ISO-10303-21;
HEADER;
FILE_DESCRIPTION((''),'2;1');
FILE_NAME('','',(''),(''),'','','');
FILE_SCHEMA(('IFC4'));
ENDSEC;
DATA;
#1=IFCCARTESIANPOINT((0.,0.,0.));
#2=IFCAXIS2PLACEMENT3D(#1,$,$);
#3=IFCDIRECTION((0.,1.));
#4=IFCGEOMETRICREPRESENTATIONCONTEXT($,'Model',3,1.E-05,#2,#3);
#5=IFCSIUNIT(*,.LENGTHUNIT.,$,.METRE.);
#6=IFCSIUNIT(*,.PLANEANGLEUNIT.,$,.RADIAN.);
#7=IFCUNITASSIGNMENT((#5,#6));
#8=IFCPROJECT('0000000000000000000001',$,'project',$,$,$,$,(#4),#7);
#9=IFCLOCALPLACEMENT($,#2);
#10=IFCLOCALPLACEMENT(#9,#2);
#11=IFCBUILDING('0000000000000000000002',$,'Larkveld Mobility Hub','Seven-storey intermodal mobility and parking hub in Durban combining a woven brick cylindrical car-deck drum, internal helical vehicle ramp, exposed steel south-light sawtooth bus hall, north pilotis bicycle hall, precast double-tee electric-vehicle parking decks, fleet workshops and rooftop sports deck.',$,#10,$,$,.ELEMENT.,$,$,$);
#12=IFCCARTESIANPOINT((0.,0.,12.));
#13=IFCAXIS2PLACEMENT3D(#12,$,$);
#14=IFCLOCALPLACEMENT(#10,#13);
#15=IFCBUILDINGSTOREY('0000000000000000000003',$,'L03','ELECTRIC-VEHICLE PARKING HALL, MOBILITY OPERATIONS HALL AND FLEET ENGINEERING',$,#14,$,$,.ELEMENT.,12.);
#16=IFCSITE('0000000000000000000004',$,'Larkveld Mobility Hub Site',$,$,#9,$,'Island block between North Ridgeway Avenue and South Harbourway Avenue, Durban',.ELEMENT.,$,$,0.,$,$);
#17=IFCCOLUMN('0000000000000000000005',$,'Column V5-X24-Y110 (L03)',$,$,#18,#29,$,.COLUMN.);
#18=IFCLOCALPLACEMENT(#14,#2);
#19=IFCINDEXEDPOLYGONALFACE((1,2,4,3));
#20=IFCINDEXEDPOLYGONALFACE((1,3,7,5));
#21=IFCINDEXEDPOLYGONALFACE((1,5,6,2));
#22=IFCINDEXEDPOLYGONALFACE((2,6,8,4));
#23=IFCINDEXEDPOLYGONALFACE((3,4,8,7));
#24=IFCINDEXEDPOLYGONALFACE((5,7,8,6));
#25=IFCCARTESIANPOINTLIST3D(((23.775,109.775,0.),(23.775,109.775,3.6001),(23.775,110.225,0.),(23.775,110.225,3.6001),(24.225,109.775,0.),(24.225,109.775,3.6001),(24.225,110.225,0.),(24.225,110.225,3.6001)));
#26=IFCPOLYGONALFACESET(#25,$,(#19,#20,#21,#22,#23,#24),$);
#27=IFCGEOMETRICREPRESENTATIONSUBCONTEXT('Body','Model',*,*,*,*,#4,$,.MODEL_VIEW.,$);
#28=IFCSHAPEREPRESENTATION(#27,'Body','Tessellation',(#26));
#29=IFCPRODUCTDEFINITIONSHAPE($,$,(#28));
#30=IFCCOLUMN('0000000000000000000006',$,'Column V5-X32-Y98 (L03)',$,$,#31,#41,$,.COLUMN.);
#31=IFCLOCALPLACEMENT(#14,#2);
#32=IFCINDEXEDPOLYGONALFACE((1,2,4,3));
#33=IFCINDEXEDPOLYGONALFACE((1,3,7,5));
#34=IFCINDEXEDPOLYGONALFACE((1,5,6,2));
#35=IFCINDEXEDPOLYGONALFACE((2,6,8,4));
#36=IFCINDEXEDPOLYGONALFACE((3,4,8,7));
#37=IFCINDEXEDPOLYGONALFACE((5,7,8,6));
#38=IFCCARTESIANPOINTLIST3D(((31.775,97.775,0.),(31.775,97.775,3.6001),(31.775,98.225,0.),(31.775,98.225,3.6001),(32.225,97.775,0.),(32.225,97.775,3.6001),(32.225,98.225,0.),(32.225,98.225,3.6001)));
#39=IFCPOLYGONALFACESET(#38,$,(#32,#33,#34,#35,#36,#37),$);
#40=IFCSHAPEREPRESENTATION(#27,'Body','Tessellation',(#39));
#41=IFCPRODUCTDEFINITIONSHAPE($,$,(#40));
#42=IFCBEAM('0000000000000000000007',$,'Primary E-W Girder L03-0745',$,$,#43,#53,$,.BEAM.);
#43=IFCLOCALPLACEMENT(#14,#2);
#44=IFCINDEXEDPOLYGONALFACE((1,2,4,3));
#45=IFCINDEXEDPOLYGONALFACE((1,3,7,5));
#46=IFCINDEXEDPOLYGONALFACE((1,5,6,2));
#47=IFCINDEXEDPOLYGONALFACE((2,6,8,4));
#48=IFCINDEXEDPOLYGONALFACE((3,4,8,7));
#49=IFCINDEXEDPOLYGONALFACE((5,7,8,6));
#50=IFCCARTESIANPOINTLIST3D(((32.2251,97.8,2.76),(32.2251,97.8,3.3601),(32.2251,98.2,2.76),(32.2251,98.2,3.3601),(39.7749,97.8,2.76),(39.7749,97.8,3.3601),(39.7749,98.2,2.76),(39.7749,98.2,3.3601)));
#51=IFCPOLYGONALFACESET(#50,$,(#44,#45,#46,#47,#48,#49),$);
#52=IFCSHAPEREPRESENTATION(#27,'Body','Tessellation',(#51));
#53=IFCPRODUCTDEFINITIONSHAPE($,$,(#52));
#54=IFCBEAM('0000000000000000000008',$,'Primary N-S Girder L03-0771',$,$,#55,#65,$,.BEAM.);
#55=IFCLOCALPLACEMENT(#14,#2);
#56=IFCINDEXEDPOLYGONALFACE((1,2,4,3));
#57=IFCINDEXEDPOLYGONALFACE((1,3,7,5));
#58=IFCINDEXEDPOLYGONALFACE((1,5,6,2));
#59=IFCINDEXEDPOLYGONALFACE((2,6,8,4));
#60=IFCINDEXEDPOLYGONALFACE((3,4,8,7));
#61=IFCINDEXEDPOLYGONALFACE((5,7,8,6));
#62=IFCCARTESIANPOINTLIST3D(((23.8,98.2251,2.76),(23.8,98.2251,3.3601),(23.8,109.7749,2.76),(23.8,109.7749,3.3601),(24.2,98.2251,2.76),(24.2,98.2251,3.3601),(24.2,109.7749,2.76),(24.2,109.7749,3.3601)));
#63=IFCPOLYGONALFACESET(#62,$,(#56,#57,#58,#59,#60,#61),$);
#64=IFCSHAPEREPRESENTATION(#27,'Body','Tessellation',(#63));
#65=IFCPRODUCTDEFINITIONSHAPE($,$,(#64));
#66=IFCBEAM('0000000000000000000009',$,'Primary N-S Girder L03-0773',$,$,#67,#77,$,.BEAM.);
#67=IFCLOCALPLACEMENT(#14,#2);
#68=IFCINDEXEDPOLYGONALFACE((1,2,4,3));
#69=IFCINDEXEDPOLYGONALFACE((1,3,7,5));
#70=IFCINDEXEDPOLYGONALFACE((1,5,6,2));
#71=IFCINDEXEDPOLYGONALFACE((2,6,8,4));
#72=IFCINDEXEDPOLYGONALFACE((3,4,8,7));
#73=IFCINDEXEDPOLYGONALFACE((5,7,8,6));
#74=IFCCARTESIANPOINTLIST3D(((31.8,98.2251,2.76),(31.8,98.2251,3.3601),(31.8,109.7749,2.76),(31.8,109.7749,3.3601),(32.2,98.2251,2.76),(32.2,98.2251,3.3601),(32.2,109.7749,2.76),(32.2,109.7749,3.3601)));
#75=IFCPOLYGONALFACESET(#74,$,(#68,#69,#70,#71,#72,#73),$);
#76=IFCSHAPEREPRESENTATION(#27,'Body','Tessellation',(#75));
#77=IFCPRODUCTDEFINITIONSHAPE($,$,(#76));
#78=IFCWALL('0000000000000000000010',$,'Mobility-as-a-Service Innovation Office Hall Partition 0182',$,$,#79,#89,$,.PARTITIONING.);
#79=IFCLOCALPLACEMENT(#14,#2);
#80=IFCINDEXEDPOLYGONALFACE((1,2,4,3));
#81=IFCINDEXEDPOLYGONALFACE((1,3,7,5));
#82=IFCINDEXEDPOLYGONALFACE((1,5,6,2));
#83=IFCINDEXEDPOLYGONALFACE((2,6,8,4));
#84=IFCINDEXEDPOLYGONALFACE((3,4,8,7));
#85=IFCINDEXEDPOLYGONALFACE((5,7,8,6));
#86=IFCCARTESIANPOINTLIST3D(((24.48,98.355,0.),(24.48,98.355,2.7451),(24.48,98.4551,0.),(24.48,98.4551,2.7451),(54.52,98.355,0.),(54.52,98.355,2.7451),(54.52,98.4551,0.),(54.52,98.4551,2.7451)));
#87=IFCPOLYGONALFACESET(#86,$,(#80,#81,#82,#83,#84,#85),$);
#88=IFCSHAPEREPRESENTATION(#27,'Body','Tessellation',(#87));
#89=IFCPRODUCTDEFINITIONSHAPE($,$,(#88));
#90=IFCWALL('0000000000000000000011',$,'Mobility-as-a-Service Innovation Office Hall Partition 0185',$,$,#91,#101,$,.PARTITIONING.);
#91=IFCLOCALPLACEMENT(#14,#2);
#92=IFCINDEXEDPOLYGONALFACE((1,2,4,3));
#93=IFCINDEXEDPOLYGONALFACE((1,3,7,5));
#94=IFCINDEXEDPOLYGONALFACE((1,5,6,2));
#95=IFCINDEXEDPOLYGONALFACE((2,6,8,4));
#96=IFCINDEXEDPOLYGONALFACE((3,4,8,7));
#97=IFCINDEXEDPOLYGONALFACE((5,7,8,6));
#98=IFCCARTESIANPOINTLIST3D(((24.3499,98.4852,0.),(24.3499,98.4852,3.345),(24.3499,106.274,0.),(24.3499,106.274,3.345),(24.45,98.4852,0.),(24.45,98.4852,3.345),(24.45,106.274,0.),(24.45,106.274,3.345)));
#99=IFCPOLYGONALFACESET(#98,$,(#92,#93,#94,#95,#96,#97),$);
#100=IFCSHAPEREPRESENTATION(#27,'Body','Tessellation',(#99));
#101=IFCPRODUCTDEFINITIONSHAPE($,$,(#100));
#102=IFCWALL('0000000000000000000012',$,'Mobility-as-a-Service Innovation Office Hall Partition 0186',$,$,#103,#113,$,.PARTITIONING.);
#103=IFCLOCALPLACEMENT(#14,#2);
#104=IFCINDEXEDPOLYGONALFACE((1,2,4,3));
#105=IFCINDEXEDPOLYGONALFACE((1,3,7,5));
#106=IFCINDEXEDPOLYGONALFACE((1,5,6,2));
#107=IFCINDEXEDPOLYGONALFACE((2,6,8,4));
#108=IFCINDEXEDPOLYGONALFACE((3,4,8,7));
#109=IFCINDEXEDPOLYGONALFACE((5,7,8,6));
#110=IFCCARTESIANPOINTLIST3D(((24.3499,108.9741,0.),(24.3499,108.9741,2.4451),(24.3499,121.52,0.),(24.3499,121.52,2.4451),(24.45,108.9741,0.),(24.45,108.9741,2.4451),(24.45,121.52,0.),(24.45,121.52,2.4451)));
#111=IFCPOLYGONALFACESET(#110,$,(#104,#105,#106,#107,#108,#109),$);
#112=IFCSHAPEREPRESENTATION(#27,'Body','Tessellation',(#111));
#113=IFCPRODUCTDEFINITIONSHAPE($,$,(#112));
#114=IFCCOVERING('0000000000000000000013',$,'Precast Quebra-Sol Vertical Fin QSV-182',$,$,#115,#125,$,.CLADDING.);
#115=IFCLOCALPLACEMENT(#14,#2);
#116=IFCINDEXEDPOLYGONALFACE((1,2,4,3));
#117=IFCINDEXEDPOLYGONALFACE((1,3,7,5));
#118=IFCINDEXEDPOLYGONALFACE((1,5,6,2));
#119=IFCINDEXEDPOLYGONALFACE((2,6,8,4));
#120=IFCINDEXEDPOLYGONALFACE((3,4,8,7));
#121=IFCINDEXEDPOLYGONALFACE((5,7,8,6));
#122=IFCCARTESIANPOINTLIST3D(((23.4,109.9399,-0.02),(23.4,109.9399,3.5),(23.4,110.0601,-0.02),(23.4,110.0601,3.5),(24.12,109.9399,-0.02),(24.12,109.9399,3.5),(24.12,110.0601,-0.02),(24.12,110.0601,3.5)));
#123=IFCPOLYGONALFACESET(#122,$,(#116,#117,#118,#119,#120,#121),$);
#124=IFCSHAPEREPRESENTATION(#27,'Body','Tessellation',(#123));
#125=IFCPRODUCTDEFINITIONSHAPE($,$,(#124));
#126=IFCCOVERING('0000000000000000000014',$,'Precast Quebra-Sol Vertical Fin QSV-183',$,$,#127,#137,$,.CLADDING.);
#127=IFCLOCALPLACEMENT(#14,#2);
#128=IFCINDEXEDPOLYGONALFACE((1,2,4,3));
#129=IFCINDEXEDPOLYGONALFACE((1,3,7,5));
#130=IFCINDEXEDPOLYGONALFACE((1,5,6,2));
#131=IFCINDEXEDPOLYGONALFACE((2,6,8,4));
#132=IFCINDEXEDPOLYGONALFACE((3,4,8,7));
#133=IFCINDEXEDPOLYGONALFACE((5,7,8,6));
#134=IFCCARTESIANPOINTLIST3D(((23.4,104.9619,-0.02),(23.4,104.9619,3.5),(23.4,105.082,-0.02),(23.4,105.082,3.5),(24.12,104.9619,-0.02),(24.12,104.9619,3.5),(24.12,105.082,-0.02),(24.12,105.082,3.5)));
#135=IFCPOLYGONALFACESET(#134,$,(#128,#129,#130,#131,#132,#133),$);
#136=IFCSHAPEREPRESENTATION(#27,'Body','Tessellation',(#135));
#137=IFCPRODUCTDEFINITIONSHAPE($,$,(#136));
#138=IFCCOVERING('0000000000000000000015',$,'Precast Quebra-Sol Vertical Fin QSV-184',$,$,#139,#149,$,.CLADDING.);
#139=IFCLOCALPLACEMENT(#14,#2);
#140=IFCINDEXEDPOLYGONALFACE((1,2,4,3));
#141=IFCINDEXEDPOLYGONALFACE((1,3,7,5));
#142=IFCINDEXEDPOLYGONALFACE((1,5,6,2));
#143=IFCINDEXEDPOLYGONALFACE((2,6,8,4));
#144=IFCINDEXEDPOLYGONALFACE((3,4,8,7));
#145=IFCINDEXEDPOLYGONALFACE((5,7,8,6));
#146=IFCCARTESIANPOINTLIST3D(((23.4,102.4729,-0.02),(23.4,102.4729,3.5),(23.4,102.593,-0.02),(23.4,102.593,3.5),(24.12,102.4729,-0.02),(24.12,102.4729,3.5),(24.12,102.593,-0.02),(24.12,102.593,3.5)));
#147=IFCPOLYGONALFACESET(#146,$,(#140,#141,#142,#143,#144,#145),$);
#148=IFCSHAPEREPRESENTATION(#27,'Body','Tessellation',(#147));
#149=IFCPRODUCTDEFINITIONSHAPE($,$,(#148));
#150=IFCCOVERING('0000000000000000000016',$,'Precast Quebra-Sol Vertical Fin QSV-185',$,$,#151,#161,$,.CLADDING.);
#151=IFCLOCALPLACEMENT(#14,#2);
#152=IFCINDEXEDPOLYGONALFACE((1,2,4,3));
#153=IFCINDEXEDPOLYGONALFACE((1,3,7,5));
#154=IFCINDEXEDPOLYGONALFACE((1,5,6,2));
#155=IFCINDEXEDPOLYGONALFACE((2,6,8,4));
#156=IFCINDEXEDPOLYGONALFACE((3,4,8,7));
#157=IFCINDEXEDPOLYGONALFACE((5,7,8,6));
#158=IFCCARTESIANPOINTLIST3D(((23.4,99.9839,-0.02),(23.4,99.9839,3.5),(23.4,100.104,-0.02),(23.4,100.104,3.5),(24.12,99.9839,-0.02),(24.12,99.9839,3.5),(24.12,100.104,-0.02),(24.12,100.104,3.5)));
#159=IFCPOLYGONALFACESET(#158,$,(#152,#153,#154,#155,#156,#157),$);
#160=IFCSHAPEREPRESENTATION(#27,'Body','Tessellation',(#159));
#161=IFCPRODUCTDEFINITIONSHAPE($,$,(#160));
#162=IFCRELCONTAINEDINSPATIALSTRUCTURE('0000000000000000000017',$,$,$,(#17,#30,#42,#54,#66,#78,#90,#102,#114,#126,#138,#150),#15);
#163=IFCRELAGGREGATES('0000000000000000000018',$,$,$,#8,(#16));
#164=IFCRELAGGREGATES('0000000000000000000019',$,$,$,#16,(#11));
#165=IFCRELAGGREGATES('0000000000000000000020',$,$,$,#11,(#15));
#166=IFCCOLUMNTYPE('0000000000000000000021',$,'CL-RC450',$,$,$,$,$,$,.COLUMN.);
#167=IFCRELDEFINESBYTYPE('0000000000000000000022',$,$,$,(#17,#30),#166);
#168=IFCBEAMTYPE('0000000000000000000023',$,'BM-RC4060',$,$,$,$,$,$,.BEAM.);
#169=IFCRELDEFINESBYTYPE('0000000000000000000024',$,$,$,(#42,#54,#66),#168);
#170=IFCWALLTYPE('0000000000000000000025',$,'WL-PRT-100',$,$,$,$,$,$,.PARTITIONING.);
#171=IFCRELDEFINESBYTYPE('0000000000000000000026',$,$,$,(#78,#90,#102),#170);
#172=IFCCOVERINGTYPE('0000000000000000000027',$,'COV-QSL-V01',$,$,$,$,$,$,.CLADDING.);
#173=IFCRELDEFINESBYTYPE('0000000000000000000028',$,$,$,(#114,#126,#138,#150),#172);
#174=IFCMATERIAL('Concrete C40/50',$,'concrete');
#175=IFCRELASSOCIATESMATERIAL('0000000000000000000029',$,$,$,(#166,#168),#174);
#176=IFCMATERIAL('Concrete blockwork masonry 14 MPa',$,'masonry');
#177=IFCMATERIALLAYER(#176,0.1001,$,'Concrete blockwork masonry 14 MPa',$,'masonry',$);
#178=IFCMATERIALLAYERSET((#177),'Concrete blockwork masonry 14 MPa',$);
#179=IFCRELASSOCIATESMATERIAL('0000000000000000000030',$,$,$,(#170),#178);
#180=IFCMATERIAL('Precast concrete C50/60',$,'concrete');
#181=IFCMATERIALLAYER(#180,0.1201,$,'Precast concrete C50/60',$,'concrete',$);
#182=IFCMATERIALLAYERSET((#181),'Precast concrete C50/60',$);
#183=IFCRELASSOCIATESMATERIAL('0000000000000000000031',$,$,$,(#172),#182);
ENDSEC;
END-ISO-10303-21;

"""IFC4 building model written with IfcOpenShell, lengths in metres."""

from ifc_helpers import new_model, si_unit, direction, frame, frame_2d, origin, origin_2d, place, context, subcontext, project, spatial, rectangle, extrude, material, layer, layer_set, material_profile, profile_set, type_object, element, save


model = new_model("IFC4")

# Units and contexts
model_context = context("Model", 3, precision=1e-05, world=origin(), true_north=direction((0.0, 1.0)))
body_context = subcontext(model_context, "Body", "Model", "MODEL_VIEW")
ifc_project = project(units=[si_unit("LENGTHUNIT", "METRE"), si_unit("PLANEANGLEUNIT", "RADIAN")], contexts=[model_context])

# Site, building, storey
site_placement = place(None, origin())
site = spatial("IfcSite", under=ifc_project, at=site_placement, Name="Larkveld Mobility Hub Site", LongName="Island block between North Ridgeway Avenue and South Harbourway Avenue, Durban", CompositionType="ELEMENT", RefElevation=0.0)
building_placement = place(site_placement, origin())
building = spatial("IfcBuilding", under=site, at=building_placement, Name="Larkveld Mobility Hub", Description="Seven-storey intermodal mobility and parking hub in Durban combining a woven brick cylindrical car-deck drum, internal helical vehicle ramp, exposed steel south-light sawtooth bus hall, north pilotis bicycle hall, precast double-tee electric-vehicle parking decks, fleet workshops and rooftop sports deck.", CompositionType="ELEMENT")
storey_placement = place(building_placement, frame((0.0, 0.0, 12.0)))
storey = spatial("IfcBuildingStorey", under=building, at=storey_placement, Name="L03", Description="ELECTRIC-VEHICLE PARKING HALL, MOBILITY OPERATIONS HALL AND FLEET ENGINEERING", CompositionType="ELEMENT", Elevation=12.0)

# Columns
ifc_material_1 = material(Name="Concrete C40/50", Category="concrete")
ifc_material_profile_1 = material_profile(ifc_material_1, rectangle(XDim=0.45, YDim=0.45, at=origin_2d()), Name="RC COL 450x450")
ifc_profile_set_1 = profile_set([ifc_material_profile_1], Name="Concrete C40/50")
column_type = type_object("IfcColumnType", Name="CL-RC450", PredefinedType="COLUMN", material=ifc_profile_set_1)
for number, where, z_axis, x_axis, name in (
    (1, (24.0, 110.0, 0.0), (0.0, 0.0, 1.0), (1.0, 0.0, 0.0), "Column V5-X24-Y110 (L03)"),
    (2, (32.0, 98.0, 0.0), (0.0, 0.0, 1.0), (1.0, 0.0, 0.0), "Column V5-X32-Y98 (L03)"),
):
    element("IfcColumn", number, at=place(storey_placement, frame(where, z_axis=z_axis, x_axis=x_axis)), inside=storey, type_object=column_type, Name=name, PredefinedType="COLUMN", context=body_context, shape_type="SweptSolid", body=[
        extrude(rectangle(XDim=0.45, YDim=0.45, at=origin_2d()), origin(), (0.0, 0.0, 1.0), 3.6001),
    ])

# Beams
ifc_material_profile_2 = material_profile(ifc_material_1, rectangle(XDim=0.3999, YDim=0.6001, at=origin_2d()), Name="RC BM 400x600")
ifc_profile_set_2 = profile_set([ifc_material_profile_2], Name="Concrete C40/50")
beam_type = type_object("IfcBeamType", Name="BM-RC4060", PredefinedType="BEAM", material=ifc_profile_set_2)
beam_placement = place(storey_placement, frame((32.2251, 98.0, 3.0601), z_axis=(1.0, 0.0, 0.0), x_axis=(0.0, 1.0, 0.0)))
element("IfcBeam", 3, at=beam_placement, inside=storey, type_object=beam_type, Name="Primary E-W Girder L03-0745", PredefinedType="BEAM", context=body_context, shape_type="SweptSolid", body=[
    extrude(rectangle(XDim=0.3999, YDim=0.6001, at=origin_2d()), origin(), (0.0, 0.0, 1.0), 7.5498),
])
for number, where, z_axis, x_axis, name in (
    (4, (24.0, 98.2251, 3.0601), (0.0, 1.0, 0.0), (-1.0, 0.0, 0.0), "Primary N-S Girder L03-0771"),
    (5, (32.0, 98.2251, 3.0601), (0.0, 1.0, 0.0), (-1.0, 0.0, 0.0), "Primary N-S Girder L03-0773"),
):
    element("IfcBeam", number, at=place(storey_placement, frame(where, z_axis=z_axis, x_axis=x_axis)), inside=storey, type_object=beam_type, Name=name, PredefinedType="BEAM", context=body_context, shape_type="SweptSolid", body=[
        extrude(rectangle(XDim=0.3999, YDim=0.6001, at=origin_2d()), origin(), (0.0, 0.0, 1.0), 11.5498),
    ])

# Shared definitions
ifc_material_2 = material(Name="Precast concrete C50/60", Category="concrete")

# Walls
ifc_material_3 = material(Name="Concrete blockwork masonry 14 MPa", Category="masonry")
ifc_layer_1 = layer(ifc_material_3, 0.1001, Name="Concrete blockwork masonry 14 MPa", Category="masonry")
ifc_layer_set_1 = layer_set([ifc_layer_1], Name="Concrete blockwork masonry 14 MPa")
wall_type_1 = type_object("IfcWallType", Name="WL-PRT-100", PredefinedType="PARTITIONING", material=ifc_layer_set_1)
wall_1_placement = place(storey_placement, frame((24.48, 98.405, 0.0), z_axis=(0.0, 0.0, 1.0), x_axis=(1.0, 0.0, 0.0)))
element("IfcWall", 6, at=wall_1_placement, inside=storey, type_object=wall_type_1, Name="Mobility-as-a-Service Innovation Office Hall Partition 0182", PredefinedType="PARTITIONING", context=body_context, shape_type="SweptSolid", body=[
    extrude(rectangle(XDim=30.04, YDim=0.1001, at=frame_2d((15.02, 0.0))), origin(), (0.0, 0.0, 1.0), 2.7451),
])
wall_2_placement = place(storey_placement, frame((24.3999, 98.4851, 0.0), z_axis=(0.0, 0.0, 1.0), x_axis=(0.0, 1.0, 0.0)))
element("IfcWall", 7, at=wall_2_placement, inside=storey, type_object=wall_type_1, Name="Mobility-as-a-Service Innovation Office Hall Partition 0185", PredefinedType="PARTITIONING", context=body_context, shape_type="SweptSolid", body=[
    extrude(rectangle(XDim=7.7888, YDim=0.1001, at=frame_2d((3.8945, 0.0))), origin(), (0.0, 0.0, 1.0), 3.345),
])
wall_3_placement = place(storey_placement, frame((24.3999, 108.9741, 0.0), z_axis=(0.0, 0.0, 1.0), x_axis=(0.0, 1.0, 0.0)))
element("IfcWall", 8, at=wall_3_placement, inside=storey, type_object=wall_type_1, Name="Mobility-as-a-Service Innovation Office Hall Partition 0186", PredefinedType="PARTITIONING", context=body_context, shape_type="SweptSolid", body=[
    extrude(rectangle(XDim=12.5459, YDim=0.1001, at=frame_2d((6.2729, 0.0))), origin(), (0.0, 0.0, 1.0), 2.4451),
])

# Coverings
ifc_layer_2 = layer(ifc_material_2, 0.1201, Name="Precast concrete C50/60", Category="concrete")
ifc_layer_set_2 = layer_set([ifc_layer_2], Name="Precast concrete C50/60")
covering_type = type_object("IfcCoveringType", Name="COV-QSL-V01", PredefinedType="CLADDING", material=ifc_layer_set_2)
for number, where, z_axis, x_axis, name in (
    (9, (23.76, 110.0, -0.02), (0.0, 0.0, 1.0), (0.0, -1.0, 0.0), "Precast Quebra-Sol Vertical Fin QSV-182"),
    (10, (23.76, 105.022, -0.02), (0.0, 0.0, 1.0), (0.0, -1.0, 0.0), "Precast Quebra-Sol Vertical Fin QSV-183"),
    (11, (23.76, 102.533, -0.02), (0.0, 0.0, 1.0), (0.0, -1.0, 0.0), "Precast Quebra-Sol Vertical Fin QSV-184"),
    (12, (23.76, 100.0439, -0.02), (0.0, 0.0, 1.0), (0.0, -1.0, 0.0), "Precast Quebra-Sol Vertical Fin QSV-185"),
):
    element("IfcCovering", number, at=place(storey_placement, frame(where, z_axis=z_axis, x_axis=x_axis)), inside=storey, type_object=covering_type, Name=name, PredefinedType="CLADDING", context=body_context, shape_type="SweptSolid", body=[
        extrude(rectangle(XDim=0.1201, YDim=0.72, at=origin_2d()), origin(), (0.0, 0.0, 1.0), 3.52),
    ])

save(model, "model.ifc")
